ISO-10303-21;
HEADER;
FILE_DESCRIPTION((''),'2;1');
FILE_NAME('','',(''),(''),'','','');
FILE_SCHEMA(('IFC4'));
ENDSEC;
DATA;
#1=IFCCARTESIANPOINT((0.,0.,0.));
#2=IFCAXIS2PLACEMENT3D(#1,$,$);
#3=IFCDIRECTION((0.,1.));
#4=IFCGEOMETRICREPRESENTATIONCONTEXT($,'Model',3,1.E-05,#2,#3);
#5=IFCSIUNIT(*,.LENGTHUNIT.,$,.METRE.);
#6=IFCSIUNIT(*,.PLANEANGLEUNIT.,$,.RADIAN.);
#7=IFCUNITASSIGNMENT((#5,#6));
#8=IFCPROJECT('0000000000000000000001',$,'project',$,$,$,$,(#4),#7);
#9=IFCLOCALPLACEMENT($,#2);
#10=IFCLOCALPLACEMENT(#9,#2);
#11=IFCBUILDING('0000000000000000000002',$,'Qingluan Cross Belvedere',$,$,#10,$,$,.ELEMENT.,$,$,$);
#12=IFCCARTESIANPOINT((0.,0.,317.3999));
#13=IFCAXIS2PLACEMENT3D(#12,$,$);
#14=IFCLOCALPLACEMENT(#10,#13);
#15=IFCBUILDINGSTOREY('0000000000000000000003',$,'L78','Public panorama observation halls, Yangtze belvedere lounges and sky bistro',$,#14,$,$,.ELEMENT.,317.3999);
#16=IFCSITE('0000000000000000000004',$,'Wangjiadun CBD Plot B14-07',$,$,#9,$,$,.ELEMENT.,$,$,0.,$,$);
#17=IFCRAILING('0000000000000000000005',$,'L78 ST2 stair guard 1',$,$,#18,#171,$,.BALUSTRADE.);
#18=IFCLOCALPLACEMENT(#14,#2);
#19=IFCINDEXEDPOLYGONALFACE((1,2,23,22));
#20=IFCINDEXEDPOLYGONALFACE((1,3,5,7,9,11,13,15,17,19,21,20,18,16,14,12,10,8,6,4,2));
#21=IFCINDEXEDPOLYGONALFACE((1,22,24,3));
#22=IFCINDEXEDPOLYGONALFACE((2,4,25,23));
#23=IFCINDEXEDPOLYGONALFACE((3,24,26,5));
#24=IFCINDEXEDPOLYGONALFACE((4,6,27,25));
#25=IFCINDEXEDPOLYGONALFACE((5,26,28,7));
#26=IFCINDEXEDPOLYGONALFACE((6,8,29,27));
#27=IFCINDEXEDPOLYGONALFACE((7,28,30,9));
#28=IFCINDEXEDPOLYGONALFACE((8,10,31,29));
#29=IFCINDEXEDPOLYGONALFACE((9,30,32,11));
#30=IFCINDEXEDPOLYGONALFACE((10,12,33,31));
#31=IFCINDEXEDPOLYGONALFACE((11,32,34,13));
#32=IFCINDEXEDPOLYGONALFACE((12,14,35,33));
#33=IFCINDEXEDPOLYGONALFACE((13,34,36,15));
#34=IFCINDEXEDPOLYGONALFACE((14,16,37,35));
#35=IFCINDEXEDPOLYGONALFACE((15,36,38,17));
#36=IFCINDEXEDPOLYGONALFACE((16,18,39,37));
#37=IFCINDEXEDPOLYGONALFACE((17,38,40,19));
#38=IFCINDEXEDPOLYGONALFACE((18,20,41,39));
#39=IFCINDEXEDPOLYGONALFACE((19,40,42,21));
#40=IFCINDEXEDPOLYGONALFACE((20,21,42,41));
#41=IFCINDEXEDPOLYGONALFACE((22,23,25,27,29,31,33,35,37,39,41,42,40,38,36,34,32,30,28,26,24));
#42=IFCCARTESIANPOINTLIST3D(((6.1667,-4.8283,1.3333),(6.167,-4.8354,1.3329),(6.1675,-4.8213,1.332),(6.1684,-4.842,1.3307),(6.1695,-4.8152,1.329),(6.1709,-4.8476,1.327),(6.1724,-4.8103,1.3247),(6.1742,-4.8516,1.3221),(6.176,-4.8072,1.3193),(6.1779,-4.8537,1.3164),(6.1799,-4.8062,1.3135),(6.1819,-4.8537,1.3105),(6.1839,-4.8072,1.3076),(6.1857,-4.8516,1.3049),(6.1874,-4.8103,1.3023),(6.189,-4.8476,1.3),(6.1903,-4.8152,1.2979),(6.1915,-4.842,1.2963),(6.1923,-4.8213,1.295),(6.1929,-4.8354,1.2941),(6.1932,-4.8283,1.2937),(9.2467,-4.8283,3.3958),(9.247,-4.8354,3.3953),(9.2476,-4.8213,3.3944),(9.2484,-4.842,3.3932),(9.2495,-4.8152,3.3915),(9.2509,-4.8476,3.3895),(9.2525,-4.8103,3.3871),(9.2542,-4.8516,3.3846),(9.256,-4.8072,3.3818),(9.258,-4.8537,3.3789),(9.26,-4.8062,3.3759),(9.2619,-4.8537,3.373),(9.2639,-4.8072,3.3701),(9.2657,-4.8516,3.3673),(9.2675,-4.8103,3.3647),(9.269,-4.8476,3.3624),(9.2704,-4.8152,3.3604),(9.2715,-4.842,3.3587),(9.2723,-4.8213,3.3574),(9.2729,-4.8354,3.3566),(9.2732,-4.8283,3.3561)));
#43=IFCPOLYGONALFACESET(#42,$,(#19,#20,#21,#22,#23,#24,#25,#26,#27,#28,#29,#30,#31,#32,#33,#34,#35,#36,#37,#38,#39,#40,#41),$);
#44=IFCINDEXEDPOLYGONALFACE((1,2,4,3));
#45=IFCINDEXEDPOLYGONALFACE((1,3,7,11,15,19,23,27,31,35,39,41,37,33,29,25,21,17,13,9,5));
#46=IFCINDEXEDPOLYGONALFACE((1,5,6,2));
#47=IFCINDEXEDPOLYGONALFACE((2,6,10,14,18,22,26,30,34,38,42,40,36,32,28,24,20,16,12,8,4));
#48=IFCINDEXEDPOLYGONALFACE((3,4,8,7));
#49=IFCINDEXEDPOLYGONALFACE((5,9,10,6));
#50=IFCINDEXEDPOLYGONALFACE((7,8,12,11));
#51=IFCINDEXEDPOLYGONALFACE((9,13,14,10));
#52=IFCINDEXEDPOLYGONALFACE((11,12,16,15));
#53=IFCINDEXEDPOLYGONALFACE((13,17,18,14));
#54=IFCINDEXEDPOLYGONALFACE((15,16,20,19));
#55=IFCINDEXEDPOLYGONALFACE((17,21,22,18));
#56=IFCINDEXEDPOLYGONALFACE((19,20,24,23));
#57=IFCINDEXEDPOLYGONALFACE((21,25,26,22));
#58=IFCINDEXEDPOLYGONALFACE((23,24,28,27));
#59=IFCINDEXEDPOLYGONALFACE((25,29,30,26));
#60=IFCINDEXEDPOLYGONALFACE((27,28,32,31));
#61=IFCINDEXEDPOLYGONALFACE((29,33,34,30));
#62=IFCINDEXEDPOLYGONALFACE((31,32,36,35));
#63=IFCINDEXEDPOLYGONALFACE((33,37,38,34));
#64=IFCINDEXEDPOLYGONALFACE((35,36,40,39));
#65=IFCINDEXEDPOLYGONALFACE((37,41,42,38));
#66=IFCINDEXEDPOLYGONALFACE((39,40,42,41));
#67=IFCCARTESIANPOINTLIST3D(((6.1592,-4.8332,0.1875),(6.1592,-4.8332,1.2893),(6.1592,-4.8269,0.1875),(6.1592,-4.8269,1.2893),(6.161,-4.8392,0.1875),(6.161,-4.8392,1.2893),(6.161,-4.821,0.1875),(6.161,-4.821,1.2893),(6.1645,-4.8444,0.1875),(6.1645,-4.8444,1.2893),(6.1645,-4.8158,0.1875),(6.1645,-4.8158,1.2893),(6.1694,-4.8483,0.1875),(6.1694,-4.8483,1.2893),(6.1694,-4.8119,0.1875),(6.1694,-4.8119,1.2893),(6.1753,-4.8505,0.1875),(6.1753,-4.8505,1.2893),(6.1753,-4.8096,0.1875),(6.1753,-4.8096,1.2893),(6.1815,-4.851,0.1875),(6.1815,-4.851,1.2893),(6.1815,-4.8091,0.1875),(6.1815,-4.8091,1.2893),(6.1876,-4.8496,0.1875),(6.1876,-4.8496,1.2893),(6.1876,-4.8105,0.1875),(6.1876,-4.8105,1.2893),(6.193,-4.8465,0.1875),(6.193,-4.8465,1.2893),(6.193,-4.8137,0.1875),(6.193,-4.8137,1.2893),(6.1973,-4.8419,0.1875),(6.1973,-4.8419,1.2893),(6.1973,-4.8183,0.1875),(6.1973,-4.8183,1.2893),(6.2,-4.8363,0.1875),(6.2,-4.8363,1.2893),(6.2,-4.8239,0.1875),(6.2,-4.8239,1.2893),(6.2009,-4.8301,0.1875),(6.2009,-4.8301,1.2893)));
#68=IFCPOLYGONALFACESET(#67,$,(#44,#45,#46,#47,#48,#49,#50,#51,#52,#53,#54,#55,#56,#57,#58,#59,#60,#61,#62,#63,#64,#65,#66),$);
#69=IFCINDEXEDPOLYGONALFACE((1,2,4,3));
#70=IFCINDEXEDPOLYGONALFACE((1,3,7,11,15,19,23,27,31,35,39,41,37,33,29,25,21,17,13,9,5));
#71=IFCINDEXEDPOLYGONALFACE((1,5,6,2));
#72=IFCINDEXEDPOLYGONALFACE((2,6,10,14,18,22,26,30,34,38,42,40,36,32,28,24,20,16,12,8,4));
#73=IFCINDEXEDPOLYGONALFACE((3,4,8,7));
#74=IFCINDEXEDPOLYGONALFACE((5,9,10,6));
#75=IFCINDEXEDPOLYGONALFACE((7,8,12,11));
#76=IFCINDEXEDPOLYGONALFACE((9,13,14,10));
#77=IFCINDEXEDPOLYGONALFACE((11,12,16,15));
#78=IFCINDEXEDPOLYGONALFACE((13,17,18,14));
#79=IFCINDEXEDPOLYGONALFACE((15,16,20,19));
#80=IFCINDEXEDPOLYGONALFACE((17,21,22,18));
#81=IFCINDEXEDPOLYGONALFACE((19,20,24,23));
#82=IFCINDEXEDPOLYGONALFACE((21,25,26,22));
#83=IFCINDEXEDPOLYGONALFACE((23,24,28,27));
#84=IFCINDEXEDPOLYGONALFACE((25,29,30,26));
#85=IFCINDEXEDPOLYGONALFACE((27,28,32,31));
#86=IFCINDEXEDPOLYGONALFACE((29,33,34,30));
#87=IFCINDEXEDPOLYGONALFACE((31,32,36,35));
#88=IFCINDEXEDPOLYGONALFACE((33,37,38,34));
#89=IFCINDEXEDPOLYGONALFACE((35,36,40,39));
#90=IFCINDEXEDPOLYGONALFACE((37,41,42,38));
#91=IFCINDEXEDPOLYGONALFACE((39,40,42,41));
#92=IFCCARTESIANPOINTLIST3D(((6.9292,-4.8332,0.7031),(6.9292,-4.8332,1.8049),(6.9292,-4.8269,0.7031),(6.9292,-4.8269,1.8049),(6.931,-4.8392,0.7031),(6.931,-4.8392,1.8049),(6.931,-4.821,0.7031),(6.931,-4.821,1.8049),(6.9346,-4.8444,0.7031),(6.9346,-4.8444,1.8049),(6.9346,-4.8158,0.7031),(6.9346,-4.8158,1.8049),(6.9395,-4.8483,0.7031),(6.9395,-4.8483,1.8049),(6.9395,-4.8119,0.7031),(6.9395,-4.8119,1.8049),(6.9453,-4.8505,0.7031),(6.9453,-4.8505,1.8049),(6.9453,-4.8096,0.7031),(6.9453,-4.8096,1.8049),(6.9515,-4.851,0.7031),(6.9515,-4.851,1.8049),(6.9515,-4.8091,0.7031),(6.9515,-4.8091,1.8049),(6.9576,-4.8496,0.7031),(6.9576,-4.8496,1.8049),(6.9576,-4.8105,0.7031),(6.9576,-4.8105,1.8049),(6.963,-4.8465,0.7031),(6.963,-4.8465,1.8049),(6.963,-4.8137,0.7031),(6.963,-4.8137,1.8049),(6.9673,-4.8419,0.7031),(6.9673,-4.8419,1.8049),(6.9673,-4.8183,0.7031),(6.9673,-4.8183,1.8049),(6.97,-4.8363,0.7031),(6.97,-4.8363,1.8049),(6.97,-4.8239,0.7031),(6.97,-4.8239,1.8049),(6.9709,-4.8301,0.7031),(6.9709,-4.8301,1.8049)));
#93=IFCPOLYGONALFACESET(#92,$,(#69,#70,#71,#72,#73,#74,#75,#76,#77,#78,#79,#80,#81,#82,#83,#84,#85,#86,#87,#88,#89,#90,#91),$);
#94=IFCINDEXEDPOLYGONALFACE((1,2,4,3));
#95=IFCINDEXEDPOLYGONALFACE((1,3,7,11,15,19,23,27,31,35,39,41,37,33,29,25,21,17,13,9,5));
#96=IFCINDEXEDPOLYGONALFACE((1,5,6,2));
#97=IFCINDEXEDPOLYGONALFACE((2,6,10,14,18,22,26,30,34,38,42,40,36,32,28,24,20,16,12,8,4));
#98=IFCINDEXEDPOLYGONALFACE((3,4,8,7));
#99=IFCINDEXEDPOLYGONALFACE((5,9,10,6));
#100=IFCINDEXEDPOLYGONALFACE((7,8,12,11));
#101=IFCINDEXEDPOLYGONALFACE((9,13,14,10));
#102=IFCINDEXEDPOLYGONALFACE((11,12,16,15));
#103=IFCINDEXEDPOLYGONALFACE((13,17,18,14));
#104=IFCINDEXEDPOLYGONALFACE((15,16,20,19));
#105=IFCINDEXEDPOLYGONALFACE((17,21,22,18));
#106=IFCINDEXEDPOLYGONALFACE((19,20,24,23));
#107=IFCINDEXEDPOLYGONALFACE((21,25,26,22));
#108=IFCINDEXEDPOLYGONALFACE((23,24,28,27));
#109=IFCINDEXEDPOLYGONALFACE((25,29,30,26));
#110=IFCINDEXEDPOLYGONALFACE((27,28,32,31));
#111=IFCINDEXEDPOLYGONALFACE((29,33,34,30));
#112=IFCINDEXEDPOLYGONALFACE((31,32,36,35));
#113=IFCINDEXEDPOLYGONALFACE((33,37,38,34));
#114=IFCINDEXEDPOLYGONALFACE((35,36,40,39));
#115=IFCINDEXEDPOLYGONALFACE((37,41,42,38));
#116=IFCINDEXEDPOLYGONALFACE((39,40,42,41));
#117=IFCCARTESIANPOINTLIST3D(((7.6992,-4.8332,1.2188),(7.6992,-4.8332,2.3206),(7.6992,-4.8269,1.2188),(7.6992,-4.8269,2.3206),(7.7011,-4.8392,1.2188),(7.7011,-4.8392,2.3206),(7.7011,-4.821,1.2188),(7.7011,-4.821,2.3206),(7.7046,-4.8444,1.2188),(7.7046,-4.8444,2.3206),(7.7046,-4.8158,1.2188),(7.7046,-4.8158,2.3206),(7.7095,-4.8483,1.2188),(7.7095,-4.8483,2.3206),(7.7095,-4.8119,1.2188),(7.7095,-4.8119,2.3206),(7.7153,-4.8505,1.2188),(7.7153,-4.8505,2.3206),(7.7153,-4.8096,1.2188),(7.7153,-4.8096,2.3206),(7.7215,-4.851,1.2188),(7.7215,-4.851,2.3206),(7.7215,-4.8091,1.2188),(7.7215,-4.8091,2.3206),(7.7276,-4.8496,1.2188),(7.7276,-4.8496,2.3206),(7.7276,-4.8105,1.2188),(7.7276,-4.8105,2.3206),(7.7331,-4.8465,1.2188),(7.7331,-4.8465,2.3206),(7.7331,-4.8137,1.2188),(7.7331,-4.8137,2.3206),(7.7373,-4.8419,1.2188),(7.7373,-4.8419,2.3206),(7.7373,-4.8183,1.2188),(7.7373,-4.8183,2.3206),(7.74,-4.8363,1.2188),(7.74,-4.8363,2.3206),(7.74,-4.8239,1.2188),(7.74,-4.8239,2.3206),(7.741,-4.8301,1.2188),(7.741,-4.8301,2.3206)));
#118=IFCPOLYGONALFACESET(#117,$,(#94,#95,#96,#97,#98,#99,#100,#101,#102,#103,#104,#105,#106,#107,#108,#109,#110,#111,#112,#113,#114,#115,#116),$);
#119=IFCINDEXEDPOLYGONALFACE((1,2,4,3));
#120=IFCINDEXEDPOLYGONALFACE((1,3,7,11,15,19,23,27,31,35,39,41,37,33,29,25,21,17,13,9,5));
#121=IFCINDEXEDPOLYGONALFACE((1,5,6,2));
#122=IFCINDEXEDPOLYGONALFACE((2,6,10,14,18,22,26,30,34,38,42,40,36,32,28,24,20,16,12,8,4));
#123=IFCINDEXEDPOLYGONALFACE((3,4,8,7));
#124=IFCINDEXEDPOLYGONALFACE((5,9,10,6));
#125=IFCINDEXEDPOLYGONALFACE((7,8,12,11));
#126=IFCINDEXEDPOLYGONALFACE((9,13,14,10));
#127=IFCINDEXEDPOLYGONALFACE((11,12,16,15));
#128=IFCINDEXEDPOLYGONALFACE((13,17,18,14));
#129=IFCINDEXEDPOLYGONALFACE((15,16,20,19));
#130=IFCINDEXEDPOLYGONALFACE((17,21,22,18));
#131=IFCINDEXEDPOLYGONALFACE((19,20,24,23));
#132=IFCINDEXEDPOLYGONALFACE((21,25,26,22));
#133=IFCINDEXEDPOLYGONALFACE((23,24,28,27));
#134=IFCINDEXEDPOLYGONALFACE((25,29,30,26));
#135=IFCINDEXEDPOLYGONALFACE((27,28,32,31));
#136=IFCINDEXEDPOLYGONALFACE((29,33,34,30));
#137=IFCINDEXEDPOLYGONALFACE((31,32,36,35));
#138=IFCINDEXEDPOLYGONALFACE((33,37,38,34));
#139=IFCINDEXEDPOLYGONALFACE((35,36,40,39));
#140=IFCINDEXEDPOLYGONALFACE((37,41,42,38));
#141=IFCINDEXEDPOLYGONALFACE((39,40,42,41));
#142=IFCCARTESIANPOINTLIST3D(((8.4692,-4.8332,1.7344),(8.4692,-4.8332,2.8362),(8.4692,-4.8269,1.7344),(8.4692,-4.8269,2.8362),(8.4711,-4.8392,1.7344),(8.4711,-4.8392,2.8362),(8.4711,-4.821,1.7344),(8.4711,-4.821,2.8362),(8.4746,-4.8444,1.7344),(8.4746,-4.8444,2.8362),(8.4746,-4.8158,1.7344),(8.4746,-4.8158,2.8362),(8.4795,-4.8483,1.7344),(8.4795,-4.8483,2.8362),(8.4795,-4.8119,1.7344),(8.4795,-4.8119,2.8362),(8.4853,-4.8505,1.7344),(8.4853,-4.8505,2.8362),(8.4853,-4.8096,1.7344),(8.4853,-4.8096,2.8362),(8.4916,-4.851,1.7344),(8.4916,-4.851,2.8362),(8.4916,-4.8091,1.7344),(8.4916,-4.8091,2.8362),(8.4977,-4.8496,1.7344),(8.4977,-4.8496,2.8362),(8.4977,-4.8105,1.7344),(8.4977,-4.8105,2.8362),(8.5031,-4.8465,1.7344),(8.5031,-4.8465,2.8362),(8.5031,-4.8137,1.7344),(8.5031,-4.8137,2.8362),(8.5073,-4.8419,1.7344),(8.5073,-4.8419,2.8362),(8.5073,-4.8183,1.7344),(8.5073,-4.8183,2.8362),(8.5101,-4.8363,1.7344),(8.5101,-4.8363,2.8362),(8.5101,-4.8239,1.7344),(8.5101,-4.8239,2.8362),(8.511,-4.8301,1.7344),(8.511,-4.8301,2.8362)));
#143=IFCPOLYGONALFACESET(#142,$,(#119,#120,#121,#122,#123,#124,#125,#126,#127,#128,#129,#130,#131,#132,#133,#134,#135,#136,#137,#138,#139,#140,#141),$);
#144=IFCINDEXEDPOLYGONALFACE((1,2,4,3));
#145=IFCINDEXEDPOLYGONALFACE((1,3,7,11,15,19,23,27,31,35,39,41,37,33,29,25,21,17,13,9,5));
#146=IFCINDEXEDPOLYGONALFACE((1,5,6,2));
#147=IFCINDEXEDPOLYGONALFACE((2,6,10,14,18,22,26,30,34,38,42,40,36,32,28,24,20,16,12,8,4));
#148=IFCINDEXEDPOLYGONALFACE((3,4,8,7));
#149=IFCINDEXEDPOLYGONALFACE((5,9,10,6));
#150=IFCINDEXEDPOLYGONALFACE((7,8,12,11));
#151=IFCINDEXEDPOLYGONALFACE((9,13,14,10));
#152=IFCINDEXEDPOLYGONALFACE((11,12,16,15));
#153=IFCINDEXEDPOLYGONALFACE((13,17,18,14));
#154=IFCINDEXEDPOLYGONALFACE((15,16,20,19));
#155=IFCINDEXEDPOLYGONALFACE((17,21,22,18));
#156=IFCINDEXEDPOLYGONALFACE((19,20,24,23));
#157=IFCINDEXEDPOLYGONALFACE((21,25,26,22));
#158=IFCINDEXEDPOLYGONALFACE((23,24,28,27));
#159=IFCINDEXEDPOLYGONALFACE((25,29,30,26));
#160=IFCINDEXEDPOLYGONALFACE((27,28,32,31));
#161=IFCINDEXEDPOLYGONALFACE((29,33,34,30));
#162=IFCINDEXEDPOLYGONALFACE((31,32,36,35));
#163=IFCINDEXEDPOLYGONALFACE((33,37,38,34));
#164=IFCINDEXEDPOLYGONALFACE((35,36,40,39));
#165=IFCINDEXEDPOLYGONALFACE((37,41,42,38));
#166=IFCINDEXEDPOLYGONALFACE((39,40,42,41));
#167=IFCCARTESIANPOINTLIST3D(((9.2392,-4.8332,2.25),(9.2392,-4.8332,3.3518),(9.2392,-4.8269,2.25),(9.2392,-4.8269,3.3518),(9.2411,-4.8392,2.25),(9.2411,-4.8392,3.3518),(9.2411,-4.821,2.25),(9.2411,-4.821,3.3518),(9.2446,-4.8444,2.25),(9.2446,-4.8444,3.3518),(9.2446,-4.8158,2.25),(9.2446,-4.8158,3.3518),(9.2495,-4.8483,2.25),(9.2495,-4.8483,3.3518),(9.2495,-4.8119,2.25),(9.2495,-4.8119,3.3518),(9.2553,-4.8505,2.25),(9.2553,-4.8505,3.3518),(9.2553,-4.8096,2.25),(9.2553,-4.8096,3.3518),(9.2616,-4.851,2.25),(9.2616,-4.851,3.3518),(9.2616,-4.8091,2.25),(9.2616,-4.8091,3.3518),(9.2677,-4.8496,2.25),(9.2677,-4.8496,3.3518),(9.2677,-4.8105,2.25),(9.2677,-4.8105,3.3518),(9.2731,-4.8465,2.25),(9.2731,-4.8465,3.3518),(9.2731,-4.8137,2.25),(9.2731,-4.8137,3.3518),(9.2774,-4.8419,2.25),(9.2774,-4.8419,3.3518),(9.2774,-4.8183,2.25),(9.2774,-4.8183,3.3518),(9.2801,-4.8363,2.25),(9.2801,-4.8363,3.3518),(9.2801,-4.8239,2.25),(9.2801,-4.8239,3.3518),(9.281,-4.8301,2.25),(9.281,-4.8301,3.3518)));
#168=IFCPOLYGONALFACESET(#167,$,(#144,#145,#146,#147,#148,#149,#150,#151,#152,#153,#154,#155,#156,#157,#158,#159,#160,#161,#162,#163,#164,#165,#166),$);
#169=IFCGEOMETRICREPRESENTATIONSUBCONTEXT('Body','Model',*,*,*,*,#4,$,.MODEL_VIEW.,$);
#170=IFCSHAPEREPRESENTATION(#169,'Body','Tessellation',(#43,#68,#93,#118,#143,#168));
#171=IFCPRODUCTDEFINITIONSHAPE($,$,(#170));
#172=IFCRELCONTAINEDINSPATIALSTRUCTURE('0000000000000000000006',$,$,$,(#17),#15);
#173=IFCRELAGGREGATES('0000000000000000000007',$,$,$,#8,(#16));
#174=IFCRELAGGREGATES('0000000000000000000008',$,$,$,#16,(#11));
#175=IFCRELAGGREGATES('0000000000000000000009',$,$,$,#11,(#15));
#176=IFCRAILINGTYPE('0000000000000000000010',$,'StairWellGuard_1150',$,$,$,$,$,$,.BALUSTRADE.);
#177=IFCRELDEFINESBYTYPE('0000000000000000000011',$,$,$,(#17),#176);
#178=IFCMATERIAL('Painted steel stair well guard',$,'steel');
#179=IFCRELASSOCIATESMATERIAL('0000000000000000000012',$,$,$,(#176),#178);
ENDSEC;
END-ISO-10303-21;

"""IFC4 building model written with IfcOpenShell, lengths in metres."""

from ifc_helpers import new_model, si_unit, direction, frame, origin, origin_2d, place, context, subcontext, project, spatial, circle, extrude, material, type_object, element, save


model = new_model("IFC4")

# Units and contexts
model_context = context("Model", 3, precision=1e-05, world=origin(), true_north=direction((0.0, 1.0)))
body_context = subcontext(model_context, "Body", "Model", "MODEL_VIEW")
ifc_project = project(units=[si_unit("LENGTHUNIT", "METRE"), si_unit("PLANEANGLEUNIT", "RADIAN")], contexts=[model_context])

# Site, building, storey
site_placement = place(None, origin())
site = spatial("IfcSite", under=ifc_project, at=site_placement, Name="Wangjiadun CBD Plot B14-07", CompositionType="ELEMENT", RefElevation=0.0)
building_placement = place(site_placement, origin())
building = spatial("IfcBuilding", under=site, at=building_placement, Name="Qingluan Cross Belvedere", CompositionType="ELEMENT")
storey_placement = place(building_placement, frame((0.0, 0.0, 317.3999)))
storey = spatial("IfcBuildingStorey", under=building, at=storey_placement, Name="L78", Description="Public panorama observation halls, Yangtze belvedere lounges and sky bistro", CompositionType="ELEMENT", Elevation=317.3999)

# Railing
ifc_material_1 = material(Name="Painted steel stair well guard", Category="steel")
railing_type_1 = type_object("IfcRailingType", Name="StairWellGuard_1150", PredefinedType="BALUSTRADE", material=ifc_material_1)
railing_1_placement = place(storey_placement, frame((6.1799, -4.8301, 0.1875)))
element("IfcRailing", 1, at=railing_1_placement, inside=storey, type_object=railing_type_1, Name="L78 ST2 stair guard 1", PredefinedType="BALUSTRADE", context=body_context, shape_type="SweptSolid", body=[
    extrude(circle(Radius=0.0239, at=origin_2d()), frame((0.0, 0.0, 1.126), z_axis=(0.830914, 0.0, 0.556401), x_axis=(0.0, 1.0, 0.0)), (0.0, 0.0, 1.0), 3.7068),
    extrude(circle(Radius=0.021, at=origin_2d()), origin(), (0.0, 0.0, 1.0), 1.1018),
    extrude(circle(Radius=0.021, at=origin_2d()), frame((0.77, 0.0, 0.5156)), (0.0, 0.0, 1.0), 1.1018),
    extrude(circle(Radius=0.021, at=origin_2d()), frame((1.54, 0.0, 1.0312)), (0.0, 0.0, 1.0), 1.1018),
    extrude(circle(Radius=0.021, at=origin_2d()), frame((2.3101, 0.0, 1.5469)), (0.0, 0.0, 1.0), 1.1018),
    extrude(circle(Radius=0.021, at=origin_2d()), frame((3.0801, 0.0, 2.0625)), (0.0, 0.0, 1.0), 1.1018),
])

save(model, "model.ifc")
